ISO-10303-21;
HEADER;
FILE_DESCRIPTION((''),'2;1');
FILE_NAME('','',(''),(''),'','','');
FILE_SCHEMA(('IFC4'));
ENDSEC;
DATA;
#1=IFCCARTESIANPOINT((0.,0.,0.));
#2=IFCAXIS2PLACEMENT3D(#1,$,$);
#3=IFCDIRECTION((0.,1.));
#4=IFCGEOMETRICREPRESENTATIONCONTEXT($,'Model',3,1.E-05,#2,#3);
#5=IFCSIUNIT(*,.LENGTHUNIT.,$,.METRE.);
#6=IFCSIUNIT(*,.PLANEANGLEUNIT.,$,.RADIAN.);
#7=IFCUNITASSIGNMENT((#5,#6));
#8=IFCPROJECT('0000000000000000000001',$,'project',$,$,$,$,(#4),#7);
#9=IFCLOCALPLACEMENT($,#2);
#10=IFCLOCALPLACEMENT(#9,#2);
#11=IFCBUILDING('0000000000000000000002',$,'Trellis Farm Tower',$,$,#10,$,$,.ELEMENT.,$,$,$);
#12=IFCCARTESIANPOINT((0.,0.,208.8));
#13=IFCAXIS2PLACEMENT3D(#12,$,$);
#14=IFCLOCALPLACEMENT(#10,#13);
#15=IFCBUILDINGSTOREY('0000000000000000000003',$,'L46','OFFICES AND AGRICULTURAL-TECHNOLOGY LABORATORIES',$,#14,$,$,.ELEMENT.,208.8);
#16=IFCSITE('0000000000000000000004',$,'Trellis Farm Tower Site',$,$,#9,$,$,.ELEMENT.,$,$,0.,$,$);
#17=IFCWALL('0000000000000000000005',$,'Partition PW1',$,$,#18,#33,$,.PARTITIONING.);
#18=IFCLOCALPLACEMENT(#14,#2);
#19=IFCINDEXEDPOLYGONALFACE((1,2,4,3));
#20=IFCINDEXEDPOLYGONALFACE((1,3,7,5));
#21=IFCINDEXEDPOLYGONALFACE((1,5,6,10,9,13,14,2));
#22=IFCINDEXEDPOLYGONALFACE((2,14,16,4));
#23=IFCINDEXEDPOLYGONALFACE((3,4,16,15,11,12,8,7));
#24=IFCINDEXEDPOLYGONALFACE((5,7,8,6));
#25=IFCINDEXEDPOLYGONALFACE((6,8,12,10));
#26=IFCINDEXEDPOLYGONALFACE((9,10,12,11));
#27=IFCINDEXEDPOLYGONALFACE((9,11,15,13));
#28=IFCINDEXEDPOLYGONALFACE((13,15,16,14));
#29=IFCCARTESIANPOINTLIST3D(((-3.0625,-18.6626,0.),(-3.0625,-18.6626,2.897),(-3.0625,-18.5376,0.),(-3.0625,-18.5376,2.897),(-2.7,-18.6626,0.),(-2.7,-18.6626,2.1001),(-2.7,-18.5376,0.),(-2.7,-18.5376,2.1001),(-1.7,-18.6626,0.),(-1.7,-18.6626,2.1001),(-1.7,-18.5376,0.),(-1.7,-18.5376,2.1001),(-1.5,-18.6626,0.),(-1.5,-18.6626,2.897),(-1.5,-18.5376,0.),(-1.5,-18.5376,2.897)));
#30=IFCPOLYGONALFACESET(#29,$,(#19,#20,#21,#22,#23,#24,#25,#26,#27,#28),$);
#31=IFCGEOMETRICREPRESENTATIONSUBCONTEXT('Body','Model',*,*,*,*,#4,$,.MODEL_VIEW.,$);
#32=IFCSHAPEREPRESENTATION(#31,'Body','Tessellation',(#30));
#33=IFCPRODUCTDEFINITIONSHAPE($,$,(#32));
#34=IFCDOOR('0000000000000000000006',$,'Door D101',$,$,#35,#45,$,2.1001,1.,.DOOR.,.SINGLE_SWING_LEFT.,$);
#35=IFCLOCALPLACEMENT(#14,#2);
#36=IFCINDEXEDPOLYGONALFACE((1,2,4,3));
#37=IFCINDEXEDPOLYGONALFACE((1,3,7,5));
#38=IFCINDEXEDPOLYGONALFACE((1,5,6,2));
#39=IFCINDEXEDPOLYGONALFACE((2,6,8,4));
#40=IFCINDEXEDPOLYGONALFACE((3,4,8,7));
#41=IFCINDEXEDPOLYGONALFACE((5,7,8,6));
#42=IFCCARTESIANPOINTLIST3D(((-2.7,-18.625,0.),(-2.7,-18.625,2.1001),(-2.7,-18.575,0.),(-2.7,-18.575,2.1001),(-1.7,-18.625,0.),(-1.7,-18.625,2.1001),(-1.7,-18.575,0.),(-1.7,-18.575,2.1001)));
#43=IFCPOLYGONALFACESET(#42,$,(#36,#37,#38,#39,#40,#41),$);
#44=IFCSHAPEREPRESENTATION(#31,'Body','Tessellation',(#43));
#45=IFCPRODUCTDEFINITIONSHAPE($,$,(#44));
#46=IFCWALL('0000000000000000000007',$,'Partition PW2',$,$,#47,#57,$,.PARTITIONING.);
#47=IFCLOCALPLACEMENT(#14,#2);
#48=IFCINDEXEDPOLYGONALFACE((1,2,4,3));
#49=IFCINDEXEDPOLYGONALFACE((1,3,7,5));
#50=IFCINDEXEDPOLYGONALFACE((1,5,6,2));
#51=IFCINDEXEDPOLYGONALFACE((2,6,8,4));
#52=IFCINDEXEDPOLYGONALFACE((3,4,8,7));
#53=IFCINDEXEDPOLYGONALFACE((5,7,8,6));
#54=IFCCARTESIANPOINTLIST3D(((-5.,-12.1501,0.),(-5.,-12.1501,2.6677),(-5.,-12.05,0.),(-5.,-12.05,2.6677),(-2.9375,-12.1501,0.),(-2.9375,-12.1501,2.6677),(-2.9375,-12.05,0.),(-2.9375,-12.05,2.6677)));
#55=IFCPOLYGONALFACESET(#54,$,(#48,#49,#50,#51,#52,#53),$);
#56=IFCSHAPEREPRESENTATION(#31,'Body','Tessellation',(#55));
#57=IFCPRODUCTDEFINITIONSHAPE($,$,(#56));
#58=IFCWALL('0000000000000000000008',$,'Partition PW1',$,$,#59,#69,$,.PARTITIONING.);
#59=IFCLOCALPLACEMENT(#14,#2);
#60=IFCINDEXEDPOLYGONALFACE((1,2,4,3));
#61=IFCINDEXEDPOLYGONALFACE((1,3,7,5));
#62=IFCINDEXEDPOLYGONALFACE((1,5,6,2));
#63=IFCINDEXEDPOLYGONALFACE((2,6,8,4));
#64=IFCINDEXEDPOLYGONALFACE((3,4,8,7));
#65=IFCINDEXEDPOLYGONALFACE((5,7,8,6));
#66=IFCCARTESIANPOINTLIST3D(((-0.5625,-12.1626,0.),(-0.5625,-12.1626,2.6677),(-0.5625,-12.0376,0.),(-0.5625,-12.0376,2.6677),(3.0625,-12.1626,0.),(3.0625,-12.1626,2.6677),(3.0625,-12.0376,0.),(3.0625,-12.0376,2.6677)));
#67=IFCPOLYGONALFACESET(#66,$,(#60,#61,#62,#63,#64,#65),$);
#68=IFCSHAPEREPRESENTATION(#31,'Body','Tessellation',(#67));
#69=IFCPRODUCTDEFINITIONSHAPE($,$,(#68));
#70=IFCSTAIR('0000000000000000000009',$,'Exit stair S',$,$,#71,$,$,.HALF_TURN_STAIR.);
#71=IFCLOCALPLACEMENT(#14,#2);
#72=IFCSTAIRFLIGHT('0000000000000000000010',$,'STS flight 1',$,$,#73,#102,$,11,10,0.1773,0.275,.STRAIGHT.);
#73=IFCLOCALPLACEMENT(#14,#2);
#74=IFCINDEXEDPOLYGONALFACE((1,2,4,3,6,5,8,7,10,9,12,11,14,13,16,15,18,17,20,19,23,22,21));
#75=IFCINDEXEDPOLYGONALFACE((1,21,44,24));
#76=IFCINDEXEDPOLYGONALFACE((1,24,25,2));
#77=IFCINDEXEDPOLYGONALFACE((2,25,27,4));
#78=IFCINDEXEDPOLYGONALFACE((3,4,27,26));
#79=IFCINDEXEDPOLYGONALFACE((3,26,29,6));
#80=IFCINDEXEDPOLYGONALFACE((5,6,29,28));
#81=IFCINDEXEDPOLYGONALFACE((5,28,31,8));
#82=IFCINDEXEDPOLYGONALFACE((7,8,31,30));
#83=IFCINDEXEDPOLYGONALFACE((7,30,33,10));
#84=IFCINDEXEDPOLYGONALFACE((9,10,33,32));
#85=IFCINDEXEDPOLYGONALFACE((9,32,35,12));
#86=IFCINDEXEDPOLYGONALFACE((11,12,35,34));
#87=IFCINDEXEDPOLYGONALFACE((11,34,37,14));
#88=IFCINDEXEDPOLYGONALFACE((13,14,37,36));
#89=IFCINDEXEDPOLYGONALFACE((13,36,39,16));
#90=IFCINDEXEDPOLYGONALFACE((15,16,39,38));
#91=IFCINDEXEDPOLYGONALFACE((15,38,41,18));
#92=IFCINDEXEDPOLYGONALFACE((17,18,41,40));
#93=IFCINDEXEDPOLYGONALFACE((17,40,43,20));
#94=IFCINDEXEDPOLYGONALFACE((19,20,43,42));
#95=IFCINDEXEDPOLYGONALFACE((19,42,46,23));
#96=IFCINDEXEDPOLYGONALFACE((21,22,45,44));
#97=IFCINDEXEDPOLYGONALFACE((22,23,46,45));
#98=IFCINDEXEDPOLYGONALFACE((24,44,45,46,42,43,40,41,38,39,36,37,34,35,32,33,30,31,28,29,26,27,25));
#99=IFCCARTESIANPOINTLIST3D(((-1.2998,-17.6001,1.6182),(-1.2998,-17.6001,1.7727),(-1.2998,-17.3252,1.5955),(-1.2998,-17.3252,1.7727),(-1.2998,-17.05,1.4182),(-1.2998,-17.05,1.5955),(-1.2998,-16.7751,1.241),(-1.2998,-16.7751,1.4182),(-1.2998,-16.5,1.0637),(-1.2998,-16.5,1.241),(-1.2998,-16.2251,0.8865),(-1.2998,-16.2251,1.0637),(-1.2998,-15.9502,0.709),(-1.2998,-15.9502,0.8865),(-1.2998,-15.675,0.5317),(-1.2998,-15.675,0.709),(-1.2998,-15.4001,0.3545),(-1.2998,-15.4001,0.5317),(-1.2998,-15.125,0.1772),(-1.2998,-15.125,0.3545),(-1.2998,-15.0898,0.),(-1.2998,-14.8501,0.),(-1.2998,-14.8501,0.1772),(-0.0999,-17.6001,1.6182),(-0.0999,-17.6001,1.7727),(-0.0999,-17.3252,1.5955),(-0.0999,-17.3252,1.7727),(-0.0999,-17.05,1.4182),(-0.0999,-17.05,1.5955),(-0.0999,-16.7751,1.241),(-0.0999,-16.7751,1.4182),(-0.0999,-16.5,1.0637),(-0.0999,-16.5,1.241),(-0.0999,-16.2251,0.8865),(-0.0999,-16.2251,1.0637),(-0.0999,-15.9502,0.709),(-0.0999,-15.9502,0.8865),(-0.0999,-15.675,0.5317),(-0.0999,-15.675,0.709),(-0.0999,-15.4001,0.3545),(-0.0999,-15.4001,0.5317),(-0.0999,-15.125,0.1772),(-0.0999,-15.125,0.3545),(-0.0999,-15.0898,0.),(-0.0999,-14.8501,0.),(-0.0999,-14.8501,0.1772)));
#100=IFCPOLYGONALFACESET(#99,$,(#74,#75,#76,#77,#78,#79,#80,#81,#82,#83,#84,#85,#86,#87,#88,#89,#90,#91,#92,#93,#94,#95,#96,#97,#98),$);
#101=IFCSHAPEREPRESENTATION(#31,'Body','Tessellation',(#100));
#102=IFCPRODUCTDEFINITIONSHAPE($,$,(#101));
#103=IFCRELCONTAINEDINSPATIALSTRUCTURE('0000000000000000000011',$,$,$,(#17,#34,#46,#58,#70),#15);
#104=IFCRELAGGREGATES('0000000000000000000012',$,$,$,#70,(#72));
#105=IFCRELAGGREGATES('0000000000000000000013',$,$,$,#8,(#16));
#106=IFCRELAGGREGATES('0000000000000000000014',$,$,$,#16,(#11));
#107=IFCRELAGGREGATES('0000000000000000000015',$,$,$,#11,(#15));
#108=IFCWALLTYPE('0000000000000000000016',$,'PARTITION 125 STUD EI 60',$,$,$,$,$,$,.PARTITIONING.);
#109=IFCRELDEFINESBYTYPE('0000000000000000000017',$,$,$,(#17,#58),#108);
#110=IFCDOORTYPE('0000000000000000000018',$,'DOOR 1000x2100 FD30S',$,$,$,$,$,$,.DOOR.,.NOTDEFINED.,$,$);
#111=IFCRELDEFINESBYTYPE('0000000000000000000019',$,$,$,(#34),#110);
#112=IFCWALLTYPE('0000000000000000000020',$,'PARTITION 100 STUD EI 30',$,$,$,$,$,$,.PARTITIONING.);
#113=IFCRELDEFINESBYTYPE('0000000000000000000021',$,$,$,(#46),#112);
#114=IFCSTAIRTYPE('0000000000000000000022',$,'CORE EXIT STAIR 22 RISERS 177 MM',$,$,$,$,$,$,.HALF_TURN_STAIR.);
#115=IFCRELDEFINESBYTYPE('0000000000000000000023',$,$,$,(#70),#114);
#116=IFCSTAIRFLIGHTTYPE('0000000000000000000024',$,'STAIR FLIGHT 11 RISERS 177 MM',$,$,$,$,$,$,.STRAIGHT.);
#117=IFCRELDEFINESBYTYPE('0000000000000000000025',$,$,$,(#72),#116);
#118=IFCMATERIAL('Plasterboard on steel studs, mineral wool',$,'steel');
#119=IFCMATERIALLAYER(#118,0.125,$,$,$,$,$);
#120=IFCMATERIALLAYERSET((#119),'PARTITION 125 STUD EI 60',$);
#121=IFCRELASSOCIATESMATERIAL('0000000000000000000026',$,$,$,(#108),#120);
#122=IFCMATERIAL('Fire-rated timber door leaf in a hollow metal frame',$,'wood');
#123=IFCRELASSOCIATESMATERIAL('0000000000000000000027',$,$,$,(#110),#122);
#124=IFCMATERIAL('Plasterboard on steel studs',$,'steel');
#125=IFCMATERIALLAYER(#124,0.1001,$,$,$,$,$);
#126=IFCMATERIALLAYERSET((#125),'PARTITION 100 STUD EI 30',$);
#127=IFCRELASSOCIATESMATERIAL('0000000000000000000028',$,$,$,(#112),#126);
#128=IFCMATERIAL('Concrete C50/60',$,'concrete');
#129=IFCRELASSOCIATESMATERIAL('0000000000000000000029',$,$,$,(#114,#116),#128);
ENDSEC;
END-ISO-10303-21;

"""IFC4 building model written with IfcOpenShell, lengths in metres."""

from ifc_helpers import new_model, si_unit, direction, frame, frame_2d, origin, place, context, subcontext, project, spatial, polyline, rectangle, outline, extrude, source, transform, mapped, material, layer, layer_set, type_object, element, fill, aggregate, save


model = new_model("IFC4")

# Units and contexts
model_context = context("Model", 3, precision=1e-05, world=origin(), true_north=direction((0.0, 1.0)))
body_context = subcontext(model_context, "Body", "Model", "MODEL_VIEW")
ifc_project = project(units=[si_unit("LENGTHUNIT", "METRE"), si_unit("PLANEANGLEUNIT", "RADIAN")], contexts=[model_context])

# Site, building, storey
site_placement = place(None, origin())
site = spatial("IfcSite", under=ifc_project, at=site_placement, Name="Trellis Farm Tower Site", CompositionType="ELEMENT", RefElevation=0.0)
building_placement = place(site_placement, origin())
building = spatial("IfcBuilding", under=site, at=building_placement, Name="Trellis Farm Tower", CompositionType="ELEMENT")
storey_placement = place(building_placement, frame((0.0, 0.0, 208.8)))
storey = spatial("IfcBuildingStorey", under=building, at=storey_placement, Name="L46", Description="OFFICES AND AGRICULTURAL-TECHNOLOGY LABORATORIES", CompositionType="ELEMENT", Elevation=208.8)

# Shared definitions
placement = place(storey_placement, origin())

# Shared definitions
ifc_material_1 = material(Name="Plasterboard on steel studs, mineral wool", Category="steel")
ifc_layer_1 = layer(ifc_material_1, 0.125)
ifc_layer_set_1 = layer_set([ifc_layer_1], Name="PARTITION 125 STUD EI 60")
wall_type_1 = type_object("IfcWallType", Name="PARTITION 125 STUD EI 60", PredefinedType="PARTITIONING", material=ifc_layer_set_1)
shared_shape_1 = source(origin(), body_context, "Body", "SweptSolid", [
    extrude(rectangle(XDim=1.0, YDim=2.1001, at=frame_2d((0.5, 1.05))), frame((0.0, 0.0725, 0.0), z_axis=(0.0, -1.0, 0.0), x_axis=(1.0, 0.0, 0.0)), (0.0, 0.0, 1.0), 0.145),
])
ifc_material_2 = material(Name="Fire-rated timber door leaf in a hollow metal frame", Category="wood")
door_type = type_object("IfcDoorType", Name="DOOR 1000x2100 FD30S", OperationType="NOTDEFINED", PredefinedType="DOOR", material=ifc_material_2)
shared_shape_2 = source(origin(), body_context, "Body", "SweptSolid", [
    extrude(rectangle(XDim=1.0, YDim=2.1001, at=frame_2d((0.5, 1.05))), frame((0.0, 0.0249, 0.0), z_axis=(0.0, -1.0, 0.0), x_axis=(1.0, 0.0, 0.0)), (0.0, 0.0, 1.0), 0.05),
])

# Shared definitions
ifc_material_3 = material(Name="Plasterboard on steel studs", Category="steel")
ifc_layer_2 = layer(ifc_material_3, 0.1001)
ifc_layer_set_2 = layer_set([ifc_layer_2], Name="PARTITION 100 STUD EI 30")
wall_type_2 = type_object("IfcWallType", Name="PARTITION 100 STUD EI 30", PredefinedType="PARTITIONING", material=ifc_layer_set_2)

# Wall, opening, door
shared_shape_3 = source(origin(), body_context, "Body", "SweptSolid", [
    extrude(rectangle(XDim=1.5625, YDim=0.125, at=frame_2d((0.7812, 0.0))), origin(), (0.0, 0.0, 1.0), 2.897),
])
wall_1_placement = place(storey_placement, frame((-1.5, -18.6001, 0.0), z_axis=(0.0, 0.0, 1.0), x_axis=(-1.0, 0.0, 0.0)))
wall_1 = element("IfcWall", 1, at=wall_1_placement, inside=storey, type_object=wall_type_1, Name="Partition PW1", PredefinedType="PARTITIONING", context=body_context, shape_type="MappedRepresentation", body=[
    mapped(shared_shape_3, transform((0.0, 0.0, 0.0))),
])
opening_1_placement = place(wall_1_placement, frame((0.2, 0.0, 0.0)))
opening_1 = element("IfcOpeningElement", 2, at=opening_1_placement, cuts=wall_1, PredefinedType="OPENING", context=body_context, shape_type="MappedRepresentation", body=[
    mapped(shared_shape_1, transform((0.0, 0.0, 0.0))),
])
door_1_placement = place(opening_1_placement, origin())
door_1 = element("IfcDoor", 3, at=door_1_placement, inside=storey, type_object=door_type, Name="Door D101", OperationType="SINGLE_SWING_LEFT", OverallHeight=2.1001, OverallWidth=1.0, PredefinedType="DOOR", context=body_context, shape_type="MappedRepresentation", body=[
    mapped(shared_shape_2, transform((0.0, 0.0, 0.0))),
])
fill(opening_1, door_1)

# Walls
shared_shape_4 = source(origin(), body_context, "Body", "SweptSolid", [
    extrude(rectangle(XDim=2.0625, YDim=0.1001, at=frame_2d((1.0312, 0.0))), origin(), (0.0, 0.0, 1.0), 2.6677),
])
wall_2_placement = place(storey_placement, frame((-5.0, -12.1001, 0.0), z_axis=(0.0, 0.0, 1.0), x_axis=(1.0, 0.0, 0.0)))
element("IfcWall", 4, at=wall_2_placement, inside=storey, type_object=wall_type_2, Name="Partition PW2", PredefinedType="PARTITIONING", context=body_context, shape_type="MappedRepresentation", body=[
    mapped(shared_shape_4, transform((0.0, 0.0, 0.0))),
])
shared_shape_5 = source(origin(), body_context, "Body", "SweptSolid", [
    extrude(rectangle(XDim=3.625, YDim=0.125, at=frame_2d((1.8125, 0.0))), origin(), (0.0, 0.0, 1.0), 2.6677),
])
wall_3_placement = place(storey_placement, frame((-0.5625, -12.1001, 0.0), z_axis=(0.0, 0.0, 1.0), x_axis=(1.0, 0.0, 0.0)))
element("IfcWall", 5, at=wall_3_placement, inside=storey, type_object=wall_type_1, Name="Partition PW1", PredefinedType="PARTITIONING", context=body_context, shape_type="MappedRepresentation", body=[
    mapped(shared_shape_5, transform((0.0, 0.0, 0.0))),
])

# Stair, stair flight
ifc_material_4 = material(Name="Concrete C50/60", Category="concrete")
stair_type = type_object("IfcStairType", Name="CORE EXIT STAIR 22 RISERS 177 MM", PredefinedType="HALF_TURN_STAIR", material=ifc_material_4)
stair = element("IfcStair", 6, at=placement, inside=storey, type_object=stair_type, Name="Exit stair S", PredefinedType="HALF_TURN_STAIR")
stair_flight_type = type_object("IfcStairFlightType", Name="STAIR FLIGHT 11 RISERS 177 MM", PredefinedType="STRAIGHT", material=ifc_material_4)
shared_shape_6 = source(origin(), body_context, "Body", "SweptSolid", [
    extrude(outline(polyline([(0.0, 0.0), (0.0, 0.1772), (0.2749, 0.1772), (0.2749, 0.3545), (0.55, 0.3545), (0.55, 0.5317), (0.825, 0.5317), (0.825, 0.709), (1.1001, 0.709), (1.1001, 0.8865), (1.375, 0.8865), (1.375, 1.0637), (1.6499, 1.0637), (1.6499, 1.241), (1.925, 1.241), (1.925, 1.4182), (2.2, 1.4182), (2.2, 1.5955), (2.4751, 1.5955), (2.4751, 1.7727), (2.75, 1.7727), (2.75, 1.95), (2.75, 1.6182), (0.2397, 0.0), (0.0, 0.0)])), frame((0.0, 0.6001, 0.0), z_axis=(0.0, -1.0, 0.0), x_axis=(1.0, 0.0, 0.0)), (0.0, 0.0, 1.0), 1.2),
])
stair_flight_placement = place(storey_placement, frame((-0.7, -14.8501, 0.0), z_axis=(0.0, 0.0, 1.0), x_axis=(0.0, -1.0, 0.0)))
stair_flight = element("IfcStairFlight", 7, at=stair_flight_placement, type_object=stair_flight_type, Name="STS flight 1", NumberOfRisers=11, NumberOfTreads=10, PredefinedType="STRAIGHT", RiserHeight=0.1773, TreadLength=0.275, context=body_context, shape_type="MappedRepresentation", body=[
    mapped(shared_shape_6, transform((0.0, 0.0, 0.0))),
])
aggregate(stair, [stair_flight])

save(model, "model.ifc")
